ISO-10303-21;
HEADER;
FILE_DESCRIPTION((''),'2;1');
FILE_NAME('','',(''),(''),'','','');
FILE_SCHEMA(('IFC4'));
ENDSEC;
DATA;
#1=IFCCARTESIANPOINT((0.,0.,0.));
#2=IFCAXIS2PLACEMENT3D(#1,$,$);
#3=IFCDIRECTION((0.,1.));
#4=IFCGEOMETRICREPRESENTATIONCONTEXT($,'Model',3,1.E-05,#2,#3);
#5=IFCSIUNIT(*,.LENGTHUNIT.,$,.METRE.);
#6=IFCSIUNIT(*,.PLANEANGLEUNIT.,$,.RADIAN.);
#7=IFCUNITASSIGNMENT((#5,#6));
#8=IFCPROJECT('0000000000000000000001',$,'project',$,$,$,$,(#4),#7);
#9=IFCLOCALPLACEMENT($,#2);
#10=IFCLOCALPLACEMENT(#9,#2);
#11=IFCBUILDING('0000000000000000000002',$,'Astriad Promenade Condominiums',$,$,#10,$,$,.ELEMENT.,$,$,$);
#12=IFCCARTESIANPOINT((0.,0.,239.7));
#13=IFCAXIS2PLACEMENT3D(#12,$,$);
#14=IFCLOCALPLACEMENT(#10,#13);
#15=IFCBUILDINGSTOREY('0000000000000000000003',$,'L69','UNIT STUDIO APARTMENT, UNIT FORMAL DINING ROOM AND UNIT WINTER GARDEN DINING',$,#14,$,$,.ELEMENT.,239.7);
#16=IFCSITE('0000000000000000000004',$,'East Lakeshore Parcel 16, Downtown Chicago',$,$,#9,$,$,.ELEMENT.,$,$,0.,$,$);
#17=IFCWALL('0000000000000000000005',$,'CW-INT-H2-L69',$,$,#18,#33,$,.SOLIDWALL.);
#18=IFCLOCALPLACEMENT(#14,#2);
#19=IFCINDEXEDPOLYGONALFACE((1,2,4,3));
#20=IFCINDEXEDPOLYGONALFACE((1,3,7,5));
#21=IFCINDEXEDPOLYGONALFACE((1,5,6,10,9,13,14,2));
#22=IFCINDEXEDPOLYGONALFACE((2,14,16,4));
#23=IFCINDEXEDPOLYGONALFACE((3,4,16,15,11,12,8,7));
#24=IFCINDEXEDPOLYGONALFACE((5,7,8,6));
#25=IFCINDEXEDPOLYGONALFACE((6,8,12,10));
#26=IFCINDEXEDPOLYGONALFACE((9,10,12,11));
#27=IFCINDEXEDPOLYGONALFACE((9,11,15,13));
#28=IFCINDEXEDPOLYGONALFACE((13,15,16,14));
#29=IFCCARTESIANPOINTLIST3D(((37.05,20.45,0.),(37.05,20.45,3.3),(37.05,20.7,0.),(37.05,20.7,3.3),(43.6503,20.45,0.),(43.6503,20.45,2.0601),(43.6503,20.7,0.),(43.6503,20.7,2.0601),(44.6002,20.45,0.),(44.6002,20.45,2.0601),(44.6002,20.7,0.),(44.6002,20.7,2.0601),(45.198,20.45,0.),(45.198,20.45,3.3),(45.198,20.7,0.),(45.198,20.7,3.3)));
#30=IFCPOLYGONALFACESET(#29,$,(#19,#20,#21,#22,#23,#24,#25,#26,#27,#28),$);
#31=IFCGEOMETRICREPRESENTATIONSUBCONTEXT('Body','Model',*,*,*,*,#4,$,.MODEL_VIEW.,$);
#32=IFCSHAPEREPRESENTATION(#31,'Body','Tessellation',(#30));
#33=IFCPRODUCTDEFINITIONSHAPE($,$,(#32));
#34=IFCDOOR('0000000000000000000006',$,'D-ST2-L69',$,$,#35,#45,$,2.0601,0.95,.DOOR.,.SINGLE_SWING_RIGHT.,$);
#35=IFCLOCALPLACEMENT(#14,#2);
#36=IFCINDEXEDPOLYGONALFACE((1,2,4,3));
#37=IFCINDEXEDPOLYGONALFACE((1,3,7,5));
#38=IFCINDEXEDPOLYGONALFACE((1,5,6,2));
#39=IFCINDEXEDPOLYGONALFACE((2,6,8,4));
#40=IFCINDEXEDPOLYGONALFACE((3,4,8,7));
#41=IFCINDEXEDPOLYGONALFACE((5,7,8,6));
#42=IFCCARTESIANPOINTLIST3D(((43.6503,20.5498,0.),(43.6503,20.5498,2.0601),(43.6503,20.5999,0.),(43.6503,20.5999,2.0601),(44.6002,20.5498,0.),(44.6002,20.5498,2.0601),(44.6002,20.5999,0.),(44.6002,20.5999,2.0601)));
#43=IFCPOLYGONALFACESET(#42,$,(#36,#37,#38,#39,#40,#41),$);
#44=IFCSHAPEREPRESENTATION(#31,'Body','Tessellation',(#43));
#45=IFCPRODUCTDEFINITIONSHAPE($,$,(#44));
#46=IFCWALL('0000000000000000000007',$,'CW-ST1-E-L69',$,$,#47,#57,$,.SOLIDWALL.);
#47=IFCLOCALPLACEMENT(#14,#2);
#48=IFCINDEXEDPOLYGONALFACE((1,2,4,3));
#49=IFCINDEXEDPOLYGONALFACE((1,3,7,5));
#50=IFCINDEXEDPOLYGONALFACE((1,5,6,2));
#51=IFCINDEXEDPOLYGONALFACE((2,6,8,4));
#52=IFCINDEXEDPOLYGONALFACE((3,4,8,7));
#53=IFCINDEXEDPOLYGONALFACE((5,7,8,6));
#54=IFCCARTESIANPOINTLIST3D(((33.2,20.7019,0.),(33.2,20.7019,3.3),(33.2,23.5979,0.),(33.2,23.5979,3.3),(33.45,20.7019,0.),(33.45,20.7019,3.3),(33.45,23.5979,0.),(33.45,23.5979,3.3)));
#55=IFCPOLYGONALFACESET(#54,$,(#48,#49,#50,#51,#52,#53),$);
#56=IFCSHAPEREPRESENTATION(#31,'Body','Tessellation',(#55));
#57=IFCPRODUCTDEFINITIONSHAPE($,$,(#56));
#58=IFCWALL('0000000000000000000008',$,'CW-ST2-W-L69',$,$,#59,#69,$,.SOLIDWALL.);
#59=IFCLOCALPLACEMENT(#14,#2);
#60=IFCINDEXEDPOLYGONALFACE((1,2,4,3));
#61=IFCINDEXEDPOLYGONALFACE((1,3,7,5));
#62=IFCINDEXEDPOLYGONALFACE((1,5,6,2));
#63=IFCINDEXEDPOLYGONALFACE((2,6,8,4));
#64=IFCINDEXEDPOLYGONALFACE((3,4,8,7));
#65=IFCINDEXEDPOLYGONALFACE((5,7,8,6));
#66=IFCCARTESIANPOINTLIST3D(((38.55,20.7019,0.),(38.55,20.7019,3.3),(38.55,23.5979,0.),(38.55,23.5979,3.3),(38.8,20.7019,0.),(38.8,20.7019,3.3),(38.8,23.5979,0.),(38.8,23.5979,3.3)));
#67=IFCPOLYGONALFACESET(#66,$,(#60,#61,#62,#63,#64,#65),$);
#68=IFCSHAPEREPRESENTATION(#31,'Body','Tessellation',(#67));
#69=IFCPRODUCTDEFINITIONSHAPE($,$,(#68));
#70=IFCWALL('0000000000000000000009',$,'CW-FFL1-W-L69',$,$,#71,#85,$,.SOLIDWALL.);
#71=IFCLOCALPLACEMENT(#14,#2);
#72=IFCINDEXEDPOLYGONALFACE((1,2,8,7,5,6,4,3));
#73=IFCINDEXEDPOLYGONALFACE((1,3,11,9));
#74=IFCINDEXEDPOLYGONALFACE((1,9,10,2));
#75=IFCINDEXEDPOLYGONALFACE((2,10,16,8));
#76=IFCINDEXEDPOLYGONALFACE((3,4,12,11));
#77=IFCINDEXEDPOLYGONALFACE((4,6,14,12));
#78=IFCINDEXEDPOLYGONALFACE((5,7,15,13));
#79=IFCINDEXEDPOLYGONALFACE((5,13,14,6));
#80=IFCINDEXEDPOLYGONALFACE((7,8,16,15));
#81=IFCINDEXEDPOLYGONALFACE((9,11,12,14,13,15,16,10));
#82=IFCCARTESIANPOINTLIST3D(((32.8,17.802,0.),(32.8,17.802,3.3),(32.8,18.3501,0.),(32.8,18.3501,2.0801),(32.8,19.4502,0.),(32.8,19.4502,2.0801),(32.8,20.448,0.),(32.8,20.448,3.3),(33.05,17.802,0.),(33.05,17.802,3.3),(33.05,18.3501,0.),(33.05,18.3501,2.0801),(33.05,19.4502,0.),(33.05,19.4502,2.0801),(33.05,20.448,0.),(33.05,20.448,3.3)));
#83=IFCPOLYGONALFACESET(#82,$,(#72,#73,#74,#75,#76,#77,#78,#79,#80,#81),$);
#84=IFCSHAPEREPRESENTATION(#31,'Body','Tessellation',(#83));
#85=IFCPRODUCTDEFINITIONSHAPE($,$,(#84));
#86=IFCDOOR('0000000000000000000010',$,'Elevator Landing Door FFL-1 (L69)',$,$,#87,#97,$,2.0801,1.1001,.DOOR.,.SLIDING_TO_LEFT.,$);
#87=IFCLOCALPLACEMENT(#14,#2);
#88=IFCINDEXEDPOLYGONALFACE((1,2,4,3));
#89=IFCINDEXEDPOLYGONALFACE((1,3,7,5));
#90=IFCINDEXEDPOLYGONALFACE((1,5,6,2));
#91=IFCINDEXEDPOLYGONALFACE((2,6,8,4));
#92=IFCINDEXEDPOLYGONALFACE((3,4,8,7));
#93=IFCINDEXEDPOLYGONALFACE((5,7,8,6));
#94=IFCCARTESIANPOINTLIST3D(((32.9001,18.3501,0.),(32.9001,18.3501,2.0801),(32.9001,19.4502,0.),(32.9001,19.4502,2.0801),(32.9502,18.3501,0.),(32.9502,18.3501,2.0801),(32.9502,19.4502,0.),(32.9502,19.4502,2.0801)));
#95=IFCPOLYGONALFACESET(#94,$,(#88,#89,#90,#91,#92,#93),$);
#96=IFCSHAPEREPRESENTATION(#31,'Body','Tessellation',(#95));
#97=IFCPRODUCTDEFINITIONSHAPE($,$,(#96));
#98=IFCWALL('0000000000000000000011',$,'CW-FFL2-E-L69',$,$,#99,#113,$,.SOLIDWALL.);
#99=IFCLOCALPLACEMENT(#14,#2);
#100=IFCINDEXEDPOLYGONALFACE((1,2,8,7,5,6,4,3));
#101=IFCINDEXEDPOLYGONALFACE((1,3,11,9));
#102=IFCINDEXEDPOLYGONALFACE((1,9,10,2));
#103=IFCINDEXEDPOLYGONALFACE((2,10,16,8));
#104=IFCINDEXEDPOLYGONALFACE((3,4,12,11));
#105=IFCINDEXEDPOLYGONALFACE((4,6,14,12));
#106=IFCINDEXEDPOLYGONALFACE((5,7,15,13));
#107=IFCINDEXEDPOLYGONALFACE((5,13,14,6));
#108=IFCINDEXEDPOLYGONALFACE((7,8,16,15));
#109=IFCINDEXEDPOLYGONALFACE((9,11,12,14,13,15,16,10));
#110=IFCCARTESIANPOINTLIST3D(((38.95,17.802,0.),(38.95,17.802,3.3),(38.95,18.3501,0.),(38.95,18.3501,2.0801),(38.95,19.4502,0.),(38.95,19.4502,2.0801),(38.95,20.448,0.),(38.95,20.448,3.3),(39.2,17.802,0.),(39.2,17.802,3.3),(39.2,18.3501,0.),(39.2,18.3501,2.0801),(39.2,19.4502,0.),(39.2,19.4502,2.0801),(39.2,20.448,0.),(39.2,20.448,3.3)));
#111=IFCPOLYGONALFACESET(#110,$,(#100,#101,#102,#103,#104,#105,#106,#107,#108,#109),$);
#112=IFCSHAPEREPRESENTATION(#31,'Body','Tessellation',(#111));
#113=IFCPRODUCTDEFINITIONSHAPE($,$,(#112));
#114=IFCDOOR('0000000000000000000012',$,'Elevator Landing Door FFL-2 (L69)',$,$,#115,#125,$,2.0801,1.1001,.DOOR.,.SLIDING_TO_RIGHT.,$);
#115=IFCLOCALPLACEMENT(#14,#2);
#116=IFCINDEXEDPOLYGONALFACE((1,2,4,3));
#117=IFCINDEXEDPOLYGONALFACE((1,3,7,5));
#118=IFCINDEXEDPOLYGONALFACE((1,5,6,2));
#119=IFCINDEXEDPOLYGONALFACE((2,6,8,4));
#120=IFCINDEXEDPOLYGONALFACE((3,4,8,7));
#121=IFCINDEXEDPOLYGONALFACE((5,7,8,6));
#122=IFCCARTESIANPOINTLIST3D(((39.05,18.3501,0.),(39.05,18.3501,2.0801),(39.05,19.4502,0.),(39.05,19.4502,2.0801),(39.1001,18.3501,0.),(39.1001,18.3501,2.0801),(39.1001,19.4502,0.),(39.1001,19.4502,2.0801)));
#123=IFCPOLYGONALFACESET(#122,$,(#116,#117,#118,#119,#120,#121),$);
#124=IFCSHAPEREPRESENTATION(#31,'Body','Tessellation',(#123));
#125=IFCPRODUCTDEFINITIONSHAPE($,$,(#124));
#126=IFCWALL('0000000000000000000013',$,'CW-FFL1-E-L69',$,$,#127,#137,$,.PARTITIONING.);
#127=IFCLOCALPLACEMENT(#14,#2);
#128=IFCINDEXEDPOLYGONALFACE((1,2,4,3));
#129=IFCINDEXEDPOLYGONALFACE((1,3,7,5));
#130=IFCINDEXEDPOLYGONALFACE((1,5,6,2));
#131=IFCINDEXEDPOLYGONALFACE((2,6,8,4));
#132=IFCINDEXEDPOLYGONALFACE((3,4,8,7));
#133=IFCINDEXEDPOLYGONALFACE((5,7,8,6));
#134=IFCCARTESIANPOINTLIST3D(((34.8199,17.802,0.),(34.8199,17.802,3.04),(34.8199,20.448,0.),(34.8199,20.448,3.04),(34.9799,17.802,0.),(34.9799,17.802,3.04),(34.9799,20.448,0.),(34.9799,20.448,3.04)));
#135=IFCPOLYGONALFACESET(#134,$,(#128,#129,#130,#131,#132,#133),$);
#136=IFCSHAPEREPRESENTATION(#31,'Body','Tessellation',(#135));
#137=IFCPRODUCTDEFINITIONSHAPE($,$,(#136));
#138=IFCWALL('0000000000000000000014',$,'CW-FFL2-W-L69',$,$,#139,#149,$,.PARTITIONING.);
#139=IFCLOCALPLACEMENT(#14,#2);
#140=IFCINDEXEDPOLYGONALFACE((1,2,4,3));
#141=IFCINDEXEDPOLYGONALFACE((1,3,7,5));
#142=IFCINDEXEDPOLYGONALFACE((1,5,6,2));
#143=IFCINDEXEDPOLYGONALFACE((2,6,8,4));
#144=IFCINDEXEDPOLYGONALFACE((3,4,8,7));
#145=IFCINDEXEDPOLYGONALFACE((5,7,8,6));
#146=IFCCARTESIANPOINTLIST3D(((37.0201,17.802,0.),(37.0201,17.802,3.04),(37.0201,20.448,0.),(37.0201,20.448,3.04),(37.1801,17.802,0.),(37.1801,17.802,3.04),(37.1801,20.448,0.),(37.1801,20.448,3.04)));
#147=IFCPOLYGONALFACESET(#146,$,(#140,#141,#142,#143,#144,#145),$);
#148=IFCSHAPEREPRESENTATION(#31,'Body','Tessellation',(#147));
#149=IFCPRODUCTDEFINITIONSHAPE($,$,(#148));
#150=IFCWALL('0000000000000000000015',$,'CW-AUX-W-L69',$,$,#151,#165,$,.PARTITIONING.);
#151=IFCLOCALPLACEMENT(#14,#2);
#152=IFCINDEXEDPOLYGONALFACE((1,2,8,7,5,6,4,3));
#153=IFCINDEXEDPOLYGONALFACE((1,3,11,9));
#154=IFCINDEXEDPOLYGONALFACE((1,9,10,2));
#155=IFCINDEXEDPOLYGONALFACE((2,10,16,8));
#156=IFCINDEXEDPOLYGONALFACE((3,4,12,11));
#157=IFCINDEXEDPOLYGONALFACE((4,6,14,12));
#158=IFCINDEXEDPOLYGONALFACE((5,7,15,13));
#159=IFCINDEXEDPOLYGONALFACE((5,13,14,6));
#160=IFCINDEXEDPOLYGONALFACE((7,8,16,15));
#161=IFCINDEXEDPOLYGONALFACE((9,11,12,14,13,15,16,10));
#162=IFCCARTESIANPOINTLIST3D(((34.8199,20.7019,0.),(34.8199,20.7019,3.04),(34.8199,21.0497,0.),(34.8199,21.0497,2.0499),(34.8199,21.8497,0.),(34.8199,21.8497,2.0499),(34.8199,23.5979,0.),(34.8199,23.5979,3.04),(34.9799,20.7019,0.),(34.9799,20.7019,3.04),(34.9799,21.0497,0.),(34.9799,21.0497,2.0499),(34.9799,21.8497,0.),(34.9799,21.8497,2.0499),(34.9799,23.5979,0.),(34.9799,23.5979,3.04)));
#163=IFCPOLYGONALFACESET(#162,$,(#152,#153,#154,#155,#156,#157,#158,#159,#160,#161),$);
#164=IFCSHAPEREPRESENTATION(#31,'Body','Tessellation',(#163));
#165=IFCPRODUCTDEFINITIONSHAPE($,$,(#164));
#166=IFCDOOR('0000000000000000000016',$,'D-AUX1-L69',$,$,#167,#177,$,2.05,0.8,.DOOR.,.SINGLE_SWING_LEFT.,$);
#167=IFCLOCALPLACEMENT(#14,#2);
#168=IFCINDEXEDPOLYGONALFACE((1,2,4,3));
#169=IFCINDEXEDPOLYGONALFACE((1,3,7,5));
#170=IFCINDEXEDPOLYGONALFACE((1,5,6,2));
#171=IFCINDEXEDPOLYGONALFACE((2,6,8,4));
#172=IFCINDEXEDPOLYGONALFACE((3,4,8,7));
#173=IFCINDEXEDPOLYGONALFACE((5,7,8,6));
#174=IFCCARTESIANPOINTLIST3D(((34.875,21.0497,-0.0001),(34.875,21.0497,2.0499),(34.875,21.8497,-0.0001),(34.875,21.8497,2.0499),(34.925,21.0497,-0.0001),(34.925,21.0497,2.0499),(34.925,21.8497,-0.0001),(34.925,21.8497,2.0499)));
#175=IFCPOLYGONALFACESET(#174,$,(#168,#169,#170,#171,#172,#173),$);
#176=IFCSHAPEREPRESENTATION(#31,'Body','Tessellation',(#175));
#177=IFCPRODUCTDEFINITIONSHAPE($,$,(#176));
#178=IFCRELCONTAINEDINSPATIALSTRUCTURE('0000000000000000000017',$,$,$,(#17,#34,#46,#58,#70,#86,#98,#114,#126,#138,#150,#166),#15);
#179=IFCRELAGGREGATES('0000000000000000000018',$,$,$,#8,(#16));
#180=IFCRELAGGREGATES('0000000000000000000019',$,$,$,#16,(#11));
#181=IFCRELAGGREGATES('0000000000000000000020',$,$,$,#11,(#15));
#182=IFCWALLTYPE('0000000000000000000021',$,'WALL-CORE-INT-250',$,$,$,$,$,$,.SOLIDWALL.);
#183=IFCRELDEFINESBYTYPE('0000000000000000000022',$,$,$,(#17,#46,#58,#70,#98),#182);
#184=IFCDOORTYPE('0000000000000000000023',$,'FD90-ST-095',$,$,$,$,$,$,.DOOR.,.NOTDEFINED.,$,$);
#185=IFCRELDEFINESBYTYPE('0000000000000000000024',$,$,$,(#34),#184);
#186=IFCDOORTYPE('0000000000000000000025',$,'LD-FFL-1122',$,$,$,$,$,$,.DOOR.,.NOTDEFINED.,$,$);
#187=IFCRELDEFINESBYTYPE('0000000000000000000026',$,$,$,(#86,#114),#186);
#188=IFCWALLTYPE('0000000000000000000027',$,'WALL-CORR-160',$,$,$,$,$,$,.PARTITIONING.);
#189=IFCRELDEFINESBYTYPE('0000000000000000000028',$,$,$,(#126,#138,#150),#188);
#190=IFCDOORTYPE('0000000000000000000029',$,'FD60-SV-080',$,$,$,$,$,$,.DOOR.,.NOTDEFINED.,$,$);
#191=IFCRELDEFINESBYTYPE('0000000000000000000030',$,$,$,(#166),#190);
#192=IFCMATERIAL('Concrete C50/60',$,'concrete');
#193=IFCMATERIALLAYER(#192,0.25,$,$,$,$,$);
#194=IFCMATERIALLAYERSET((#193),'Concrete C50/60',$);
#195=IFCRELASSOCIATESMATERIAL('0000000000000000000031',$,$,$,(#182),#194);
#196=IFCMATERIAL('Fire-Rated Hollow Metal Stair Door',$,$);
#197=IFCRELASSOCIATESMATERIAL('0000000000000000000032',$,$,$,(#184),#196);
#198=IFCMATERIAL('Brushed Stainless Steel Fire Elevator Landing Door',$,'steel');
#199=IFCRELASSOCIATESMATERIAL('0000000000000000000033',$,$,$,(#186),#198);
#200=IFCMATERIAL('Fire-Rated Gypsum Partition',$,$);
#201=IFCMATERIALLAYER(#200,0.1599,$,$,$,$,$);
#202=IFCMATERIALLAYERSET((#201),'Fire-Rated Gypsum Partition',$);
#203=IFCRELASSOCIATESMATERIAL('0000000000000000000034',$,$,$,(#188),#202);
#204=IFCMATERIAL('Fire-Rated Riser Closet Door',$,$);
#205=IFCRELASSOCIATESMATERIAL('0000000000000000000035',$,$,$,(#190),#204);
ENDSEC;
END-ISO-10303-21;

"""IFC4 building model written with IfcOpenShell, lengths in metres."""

from ifc_helpers import new_model, si_unit, direction, frame, frame_2d, origin, place, context, subcontext, project, spatial, rectangle, extrude, source, transform, mapped, material, layer, layer_set, type_object, type_shapes, element, fill, save


model = new_model("IFC4")

# Units and contexts
model_context = context("Model", 3, precision=1e-05, world=origin(), true_north=direction((0.0, 1.0)))
body_context = subcontext(model_context, "Body", "Model", "MODEL_VIEW")
ifc_project = project(units=[si_unit("LENGTHUNIT", "METRE"), si_unit("PLANEANGLEUNIT", "RADIAN")], contexts=[model_context])

# Site, building, storey
site_placement = place(None, origin())
site = spatial("IfcSite", under=ifc_project, at=site_placement, Name="East Lakeshore Parcel 16, Downtown Chicago", CompositionType="ELEMENT", RefElevation=0.0)
building_placement = place(site_placement, origin())
building = spatial("IfcBuilding", under=site, at=building_placement, Name="Astriad Promenade Condominiums", CompositionType="ELEMENT")
storey_placement = place(building_placement, frame((0.0, 0.0, 239.7)))
storey = spatial("IfcBuildingStorey", under=building, at=storey_placement, Name="L69", Description="UNIT STUDIO APARTMENT, UNIT FORMAL DINING ROOM AND UNIT WINTER GARDEN DINING", CompositionType="ELEMENT", Elevation=239.7)

# Wall, opening, door
ifc_material_1 = material(Name="Concrete C50/60", Category="concrete")
ifc_layer_1 = layer(ifc_material_1, 0.25)
ifc_layer_set_1 = layer_set([ifc_layer_1], Name="Concrete C50/60")
wall_type_1 = type_object("IfcWallType", Name="WALL-CORE-INT-250", PredefinedType="SOLIDWALL", material=ifc_layer_set_1)
wall_1_placement = place(storey_placement, frame((37.05, 20.575, 0.0), z_axis=(0.0, 0.0, 1.0), x_axis=(1.0, 0.0, 0.0)))
wall_1 = element("IfcWall", 1, at=wall_1_placement, inside=storey, type_object=wall_type_1, Name="CW-INT-H2-L69", PredefinedType="SOLIDWALL", context=body_context, shape_type="SweptSolid", body=[
    extrude(rectangle(XDim=8.1479, YDim=0.25, at=frame_2d((4.074, 0.0))), origin(), (0.0, 0.0, 1.0), 3.3),
])
opening_1_placement = place(wall_1_placement, frame((6.6001, 0.0, 0.0)))
opening_1 = element("IfcOpeningElement", 2, at=opening_1_placement, cuts=wall_1, PredefinedType="OPENING", context=body_context, shape_type="SweptSolid", body=[
    extrude(rectangle(XDim=0.95, YDim=2.0601, at=frame_2d((0.4751, 1.03))), frame((0.0, 0.135, 0.0), z_axis=(0.0, -1.0, 0.0), x_axis=(1.0, 0.0, 0.0)), (0.0, 0.0, 1.0), 0.27),
])
ifc_material_2 = material(Name="Fire-Rated Hollow Metal Stair Door")
door_type_1 = type_object("IfcDoorType", Name="FD90-ST-095", OperationType="NOTDEFINED", PredefinedType="DOOR", material=ifc_material_2)
shared_shape_1 = source(origin(), body_context, "Body", "SweptSolid", [
    extrude(rectangle(XDim=0.95, YDim=2.0601, at=frame_2d((0.4751, 1.03))), frame((0.0, 0.0249, 0.0), z_axis=(0.0, -1.0, 0.0), x_axis=(1.0, 0.0, 0.0)), (0.0, 0.0, 1.0), 0.05),
])
type_shapes(door_type_1, [shared_shape_1])
door_1_placement = place(opening_1_placement, origin())
door_1 = element("IfcDoor", 3, at=door_1_placement, inside=storey, type_object=door_type_1, Name="D-ST2-L69", OperationType="SINGLE_SWING_RIGHT", OverallHeight=2.0601, OverallWidth=0.95, PredefinedType="DOOR", context=body_context, shape_type="MappedRepresentation", body=[
    mapped(shared_shape_1, transform((0.0, 0.0, 0.0), scale=1.0)),
])
fill(opening_1, door_1)

# Walls
for number, where, z_axis, x_axis, name in (
    (4, (33.325, 20.7019, 0.0), (0.0, 0.0, 1.0), (0.0, 1.0, 0.0), "CW-ST1-E-L69"),
    (5, (38.675, 20.7019, 0.0), (0.0, 0.0, 1.0), (0.0, 1.0, 0.0), "CW-ST2-W-L69"),
):
    element("IfcWall", number, at=place(storey_placement, frame(where, z_axis=z_axis, x_axis=x_axis)), inside=storey, type_object=wall_type_1, Name=name, PredefinedType="SOLIDWALL", context=body_context, shape_type="SweptSolid", body=[
        extrude(rectangle(XDim=2.896, YDim=0.25, at=frame_2d((1.448, 0.0))), origin(), (0.0, 0.0, 1.0), 3.3),
    ])

# Walls, openings, doors
wall_2_placement = place(storey_placement, frame((32.925, 17.802, 0.0), z_axis=(0.0, 0.0, 1.0), x_axis=(0.0, 1.0, 0.0)))
wall_2 = element("IfcWall", 6, at=wall_2_placement, inside=storey, type_object=wall_type_1, Name="CW-FFL1-W-L69", PredefinedType="SOLIDWALL", context=body_context, shape_type="SweptSolid", body=[
    extrude(rectangle(XDim=2.646, YDim=0.25, at=frame_2d((1.323, 0.0))), origin(), (0.0, 0.0, 1.0), 3.3),
])
opening_2_placement = place(wall_2_placement, frame((0.5481, 0.0, 0.0)))
opening_2 = element("IfcOpeningElement", 7, at=opening_2_placement, cuts=wall_2, PredefinedType="OPENING", context=body_context, shape_type="SweptSolid", body=[
    extrude(rectangle(XDim=1.1001, YDim=2.0801, at=frame_2d((0.55, 1.04))), frame((0.0, 0.135, 0.0), z_axis=(0.0, -1.0, 0.0), x_axis=(1.0, 0.0, 0.0)), (0.0, 0.0, 1.0), 0.27),
])
ifc_material_3 = material(Name="Brushed Stainless Steel Fire Elevator Landing Door", Category="steel")
door_type_2 = type_object("IfcDoorType", Name="LD-FFL-1122", OperationType="NOTDEFINED", PredefinedType="DOOR", material=ifc_material_3)
shared_shape_2 = source(origin(), body_context, "Body", "SweptSolid", [
    extrude(rectangle(XDim=1.1001, YDim=2.0801, at=frame_2d((0.55, 1.04))), frame((0.0, 0.0249, 0.0), z_axis=(0.0, -1.0, 0.0), x_axis=(1.0, 0.0, 0.0)), (0.0, 0.0, 1.0), 0.05),
])
type_shapes(door_type_2, [shared_shape_2])
door_2_placement = place(opening_2_placement, origin())
door_2 = element("IfcDoor", 8, at=door_2_placement, inside=storey, type_object=door_type_2, Name="Elevator Landing Door FFL-1 (L69)", OperationType="SLIDING_TO_LEFT", OverallHeight=2.0801, OverallWidth=1.1001, PredefinedType="DOOR", context=body_context, shape_type="MappedRepresentation", body=[
    mapped(shared_shape_2, transform((0.0, 0.0, 0.0), scale=1.0)),
])
fill(opening_2, door_2)
wall_3_placement = place(storey_placement, frame((39.075, 17.802, 0.0), z_axis=(0.0, 0.0, 1.0), x_axis=(0.0, 1.0, 0.0)))
wall_3 = element("IfcWall", 9, at=wall_3_placement, inside=storey, type_object=wall_type_1, Name="CW-FFL2-E-L69", PredefinedType="SOLIDWALL", context=body_context, shape_type="SweptSolid", body=[
    extrude(rectangle(XDim=2.646, YDim=0.25, at=frame_2d((1.323, 0.0))), origin(), (0.0, 0.0, 1.0), 3.3),
])
opening_3_placement = place(wall_3_placement, frame((0.5481, 0.0, 0.0)))
opening_3 = element("IfcOpeningElement", 10, at=opening_3_placement, cuts=wall_3, PredefinedType="OPENING", context=body_context, shape_type="SweptSolid", body=[
    extrude(rectangle(XDim=1.1001, YDim=2.0801, at=frame_2d((0.55, 1.04))), frame((0.0, 0.135, 0.0), z_axis=(0.0, -1.0, 0.0), x_axis=(1.0, 0.0, 0.0)), (0.0, 0.0, 1.0), 0.27),
])
door_3_placement = place(opening_3_placement, origin())
door_3 = element("IfcDoor", 11, at=door_3_placement, inside=storey, type_object=door_type_2, Name="Elevator Landing Door FFL-2 (L69)", OperationType="SLIDING_TO_RIGHT", OverallHeight=2.0801, OverallWidth=1.1001, PredefinedType="DOOR", context=body_context, shape_type="MappedRepresentation", body=[
    mapped(shared_shape_2, transform((0.0, 0.0, 0.0), scale=1.0)),
])
fill(opening_3, door_3)

# Walls
ifc_material_4 = material(Name="Fire-Rated Gypsum Partition")
ifc_layer_2 = layer(ifc_material_4, 0.1599)
ifc_layer_set_2 = layer_set([ifc_layer_2], Name="Fire-Rated Gypsum Partition")
wall_type_2 = type_object("IfcWallType", Name="WALL-CORR-160", PredefinedType="PARTITIONING", material=ifc_layer_set_2)
for number, where, z_axis, x_axis, name in (
    (12, (34.8999, 17.802, 0.0), (0.0, 0.0, 1.0), (0.0, 1.0, 0.0), "CW-FFL1-E-L69"),
    (13, (37.1001, 17.802, 0.0), (0.0, 0.0, 1.0), (0.0, 1.0, 0.0), "CW-FFL2-W-L69"),
):
    element("IfcWall", number, at=place(storey_placement, frame(where, z_axis=z_axis, x_axis=x_axis)), inside=storey, type_object=wall_type_2, Name=name, PredefinedType="PARTITIONING", context=body_context, shape_type="SweptSolid", body=[
        extrude(rectangle(XDim=2.646, YDim=0.1599, at=frame_2d((1.323, 0.0))), origin(), (0.0, 0.0, 1.0), 3.04),
    ])

# Wall, opening, door
wall_4_placement = place(storey_placement, frame((34.8999, 20.7019, 0.0), z_axis=(0.0, 0.0, 1.0), x_axis=(0.0, 1.0, 0.0)))
wall_4 = element("IfcWall", 14, at=wall_4_placement, inside=storey, type_object=wall_type_2, Name="CW-AUX-W-L69", PredefinedType="PARTITIONING", context=body_context, shape_type="SweptSolid", body=[
    extrude(rectangle(XDim=2.896, YDim=0.1599, at=frame_2d((1.448, 0.0))), origin(), (0.0, 0.0, 1.0), 3.04),
])
opening_4_placement = place(wall_4_placement, frame((0.3479, 0.0, 0.0)))
opening_4 = element("IfcOpeningElement", 15, at=opening_4_placement, cuts=wall_4, PredefinedType="OPENING", context=body_context, shape_type="SweptSolid", body=[
    extrude(rectangle(XDim=0.8, YDim=2.05, at=frame_2d((0.3999, 1.0249))), frame((0.0, 0.0898, 0.0), z_axis=(0.0, -1.0, 0.0), x_axis=(1.0, 0.0, 0.0)), (0.0, 0.0, 1.0), 0.1799),
])
ifc_material_5 = material(Name="Fire-Rated Riser Closet Door")
door_type_3 = type_object("IfcDoorType", Name="FD60-SV-080", OperationType="NOTDEFINED", PredefinedType="DOOR", material=ifc_material_5)
shared_shape_3 = source(origin(), body_context, "Body", "SweptSolid", [
    extrude(rectangle(XDim=0.8, YDim=2.05, at=frame_2d((0.3999, 1.0249))), frame((0.0, 0.0249, 0.0), z_axis=(0.0, -1.0, 0.0), x_axis=(1.0, 0.0, 0.0)), (0.0, 0.0, 1.0), 0.05),
])
type_shapes(door_type_3, [shared_shape_3])
door_4_placement = place(opening_4_placement, origin())
door_4 = element("IfcDoor", 16, at=door_4_placement, inside=storey, type_object=door_type_3, Name="D-AUX1-L69", OperationType="SINGLE_SWING_LEFT", OverallHeight=2.05, OverallWidth=0.8, PredefinedType="DOOR", context=body_context, shape_type="MappedRepresentation", body=[
    mapped(shared_shape_3, transform((0.0, 0.0, 0.0), scale=1.0)),
])
fill(opening_4, door_4)

save(model, "model.ifc")
